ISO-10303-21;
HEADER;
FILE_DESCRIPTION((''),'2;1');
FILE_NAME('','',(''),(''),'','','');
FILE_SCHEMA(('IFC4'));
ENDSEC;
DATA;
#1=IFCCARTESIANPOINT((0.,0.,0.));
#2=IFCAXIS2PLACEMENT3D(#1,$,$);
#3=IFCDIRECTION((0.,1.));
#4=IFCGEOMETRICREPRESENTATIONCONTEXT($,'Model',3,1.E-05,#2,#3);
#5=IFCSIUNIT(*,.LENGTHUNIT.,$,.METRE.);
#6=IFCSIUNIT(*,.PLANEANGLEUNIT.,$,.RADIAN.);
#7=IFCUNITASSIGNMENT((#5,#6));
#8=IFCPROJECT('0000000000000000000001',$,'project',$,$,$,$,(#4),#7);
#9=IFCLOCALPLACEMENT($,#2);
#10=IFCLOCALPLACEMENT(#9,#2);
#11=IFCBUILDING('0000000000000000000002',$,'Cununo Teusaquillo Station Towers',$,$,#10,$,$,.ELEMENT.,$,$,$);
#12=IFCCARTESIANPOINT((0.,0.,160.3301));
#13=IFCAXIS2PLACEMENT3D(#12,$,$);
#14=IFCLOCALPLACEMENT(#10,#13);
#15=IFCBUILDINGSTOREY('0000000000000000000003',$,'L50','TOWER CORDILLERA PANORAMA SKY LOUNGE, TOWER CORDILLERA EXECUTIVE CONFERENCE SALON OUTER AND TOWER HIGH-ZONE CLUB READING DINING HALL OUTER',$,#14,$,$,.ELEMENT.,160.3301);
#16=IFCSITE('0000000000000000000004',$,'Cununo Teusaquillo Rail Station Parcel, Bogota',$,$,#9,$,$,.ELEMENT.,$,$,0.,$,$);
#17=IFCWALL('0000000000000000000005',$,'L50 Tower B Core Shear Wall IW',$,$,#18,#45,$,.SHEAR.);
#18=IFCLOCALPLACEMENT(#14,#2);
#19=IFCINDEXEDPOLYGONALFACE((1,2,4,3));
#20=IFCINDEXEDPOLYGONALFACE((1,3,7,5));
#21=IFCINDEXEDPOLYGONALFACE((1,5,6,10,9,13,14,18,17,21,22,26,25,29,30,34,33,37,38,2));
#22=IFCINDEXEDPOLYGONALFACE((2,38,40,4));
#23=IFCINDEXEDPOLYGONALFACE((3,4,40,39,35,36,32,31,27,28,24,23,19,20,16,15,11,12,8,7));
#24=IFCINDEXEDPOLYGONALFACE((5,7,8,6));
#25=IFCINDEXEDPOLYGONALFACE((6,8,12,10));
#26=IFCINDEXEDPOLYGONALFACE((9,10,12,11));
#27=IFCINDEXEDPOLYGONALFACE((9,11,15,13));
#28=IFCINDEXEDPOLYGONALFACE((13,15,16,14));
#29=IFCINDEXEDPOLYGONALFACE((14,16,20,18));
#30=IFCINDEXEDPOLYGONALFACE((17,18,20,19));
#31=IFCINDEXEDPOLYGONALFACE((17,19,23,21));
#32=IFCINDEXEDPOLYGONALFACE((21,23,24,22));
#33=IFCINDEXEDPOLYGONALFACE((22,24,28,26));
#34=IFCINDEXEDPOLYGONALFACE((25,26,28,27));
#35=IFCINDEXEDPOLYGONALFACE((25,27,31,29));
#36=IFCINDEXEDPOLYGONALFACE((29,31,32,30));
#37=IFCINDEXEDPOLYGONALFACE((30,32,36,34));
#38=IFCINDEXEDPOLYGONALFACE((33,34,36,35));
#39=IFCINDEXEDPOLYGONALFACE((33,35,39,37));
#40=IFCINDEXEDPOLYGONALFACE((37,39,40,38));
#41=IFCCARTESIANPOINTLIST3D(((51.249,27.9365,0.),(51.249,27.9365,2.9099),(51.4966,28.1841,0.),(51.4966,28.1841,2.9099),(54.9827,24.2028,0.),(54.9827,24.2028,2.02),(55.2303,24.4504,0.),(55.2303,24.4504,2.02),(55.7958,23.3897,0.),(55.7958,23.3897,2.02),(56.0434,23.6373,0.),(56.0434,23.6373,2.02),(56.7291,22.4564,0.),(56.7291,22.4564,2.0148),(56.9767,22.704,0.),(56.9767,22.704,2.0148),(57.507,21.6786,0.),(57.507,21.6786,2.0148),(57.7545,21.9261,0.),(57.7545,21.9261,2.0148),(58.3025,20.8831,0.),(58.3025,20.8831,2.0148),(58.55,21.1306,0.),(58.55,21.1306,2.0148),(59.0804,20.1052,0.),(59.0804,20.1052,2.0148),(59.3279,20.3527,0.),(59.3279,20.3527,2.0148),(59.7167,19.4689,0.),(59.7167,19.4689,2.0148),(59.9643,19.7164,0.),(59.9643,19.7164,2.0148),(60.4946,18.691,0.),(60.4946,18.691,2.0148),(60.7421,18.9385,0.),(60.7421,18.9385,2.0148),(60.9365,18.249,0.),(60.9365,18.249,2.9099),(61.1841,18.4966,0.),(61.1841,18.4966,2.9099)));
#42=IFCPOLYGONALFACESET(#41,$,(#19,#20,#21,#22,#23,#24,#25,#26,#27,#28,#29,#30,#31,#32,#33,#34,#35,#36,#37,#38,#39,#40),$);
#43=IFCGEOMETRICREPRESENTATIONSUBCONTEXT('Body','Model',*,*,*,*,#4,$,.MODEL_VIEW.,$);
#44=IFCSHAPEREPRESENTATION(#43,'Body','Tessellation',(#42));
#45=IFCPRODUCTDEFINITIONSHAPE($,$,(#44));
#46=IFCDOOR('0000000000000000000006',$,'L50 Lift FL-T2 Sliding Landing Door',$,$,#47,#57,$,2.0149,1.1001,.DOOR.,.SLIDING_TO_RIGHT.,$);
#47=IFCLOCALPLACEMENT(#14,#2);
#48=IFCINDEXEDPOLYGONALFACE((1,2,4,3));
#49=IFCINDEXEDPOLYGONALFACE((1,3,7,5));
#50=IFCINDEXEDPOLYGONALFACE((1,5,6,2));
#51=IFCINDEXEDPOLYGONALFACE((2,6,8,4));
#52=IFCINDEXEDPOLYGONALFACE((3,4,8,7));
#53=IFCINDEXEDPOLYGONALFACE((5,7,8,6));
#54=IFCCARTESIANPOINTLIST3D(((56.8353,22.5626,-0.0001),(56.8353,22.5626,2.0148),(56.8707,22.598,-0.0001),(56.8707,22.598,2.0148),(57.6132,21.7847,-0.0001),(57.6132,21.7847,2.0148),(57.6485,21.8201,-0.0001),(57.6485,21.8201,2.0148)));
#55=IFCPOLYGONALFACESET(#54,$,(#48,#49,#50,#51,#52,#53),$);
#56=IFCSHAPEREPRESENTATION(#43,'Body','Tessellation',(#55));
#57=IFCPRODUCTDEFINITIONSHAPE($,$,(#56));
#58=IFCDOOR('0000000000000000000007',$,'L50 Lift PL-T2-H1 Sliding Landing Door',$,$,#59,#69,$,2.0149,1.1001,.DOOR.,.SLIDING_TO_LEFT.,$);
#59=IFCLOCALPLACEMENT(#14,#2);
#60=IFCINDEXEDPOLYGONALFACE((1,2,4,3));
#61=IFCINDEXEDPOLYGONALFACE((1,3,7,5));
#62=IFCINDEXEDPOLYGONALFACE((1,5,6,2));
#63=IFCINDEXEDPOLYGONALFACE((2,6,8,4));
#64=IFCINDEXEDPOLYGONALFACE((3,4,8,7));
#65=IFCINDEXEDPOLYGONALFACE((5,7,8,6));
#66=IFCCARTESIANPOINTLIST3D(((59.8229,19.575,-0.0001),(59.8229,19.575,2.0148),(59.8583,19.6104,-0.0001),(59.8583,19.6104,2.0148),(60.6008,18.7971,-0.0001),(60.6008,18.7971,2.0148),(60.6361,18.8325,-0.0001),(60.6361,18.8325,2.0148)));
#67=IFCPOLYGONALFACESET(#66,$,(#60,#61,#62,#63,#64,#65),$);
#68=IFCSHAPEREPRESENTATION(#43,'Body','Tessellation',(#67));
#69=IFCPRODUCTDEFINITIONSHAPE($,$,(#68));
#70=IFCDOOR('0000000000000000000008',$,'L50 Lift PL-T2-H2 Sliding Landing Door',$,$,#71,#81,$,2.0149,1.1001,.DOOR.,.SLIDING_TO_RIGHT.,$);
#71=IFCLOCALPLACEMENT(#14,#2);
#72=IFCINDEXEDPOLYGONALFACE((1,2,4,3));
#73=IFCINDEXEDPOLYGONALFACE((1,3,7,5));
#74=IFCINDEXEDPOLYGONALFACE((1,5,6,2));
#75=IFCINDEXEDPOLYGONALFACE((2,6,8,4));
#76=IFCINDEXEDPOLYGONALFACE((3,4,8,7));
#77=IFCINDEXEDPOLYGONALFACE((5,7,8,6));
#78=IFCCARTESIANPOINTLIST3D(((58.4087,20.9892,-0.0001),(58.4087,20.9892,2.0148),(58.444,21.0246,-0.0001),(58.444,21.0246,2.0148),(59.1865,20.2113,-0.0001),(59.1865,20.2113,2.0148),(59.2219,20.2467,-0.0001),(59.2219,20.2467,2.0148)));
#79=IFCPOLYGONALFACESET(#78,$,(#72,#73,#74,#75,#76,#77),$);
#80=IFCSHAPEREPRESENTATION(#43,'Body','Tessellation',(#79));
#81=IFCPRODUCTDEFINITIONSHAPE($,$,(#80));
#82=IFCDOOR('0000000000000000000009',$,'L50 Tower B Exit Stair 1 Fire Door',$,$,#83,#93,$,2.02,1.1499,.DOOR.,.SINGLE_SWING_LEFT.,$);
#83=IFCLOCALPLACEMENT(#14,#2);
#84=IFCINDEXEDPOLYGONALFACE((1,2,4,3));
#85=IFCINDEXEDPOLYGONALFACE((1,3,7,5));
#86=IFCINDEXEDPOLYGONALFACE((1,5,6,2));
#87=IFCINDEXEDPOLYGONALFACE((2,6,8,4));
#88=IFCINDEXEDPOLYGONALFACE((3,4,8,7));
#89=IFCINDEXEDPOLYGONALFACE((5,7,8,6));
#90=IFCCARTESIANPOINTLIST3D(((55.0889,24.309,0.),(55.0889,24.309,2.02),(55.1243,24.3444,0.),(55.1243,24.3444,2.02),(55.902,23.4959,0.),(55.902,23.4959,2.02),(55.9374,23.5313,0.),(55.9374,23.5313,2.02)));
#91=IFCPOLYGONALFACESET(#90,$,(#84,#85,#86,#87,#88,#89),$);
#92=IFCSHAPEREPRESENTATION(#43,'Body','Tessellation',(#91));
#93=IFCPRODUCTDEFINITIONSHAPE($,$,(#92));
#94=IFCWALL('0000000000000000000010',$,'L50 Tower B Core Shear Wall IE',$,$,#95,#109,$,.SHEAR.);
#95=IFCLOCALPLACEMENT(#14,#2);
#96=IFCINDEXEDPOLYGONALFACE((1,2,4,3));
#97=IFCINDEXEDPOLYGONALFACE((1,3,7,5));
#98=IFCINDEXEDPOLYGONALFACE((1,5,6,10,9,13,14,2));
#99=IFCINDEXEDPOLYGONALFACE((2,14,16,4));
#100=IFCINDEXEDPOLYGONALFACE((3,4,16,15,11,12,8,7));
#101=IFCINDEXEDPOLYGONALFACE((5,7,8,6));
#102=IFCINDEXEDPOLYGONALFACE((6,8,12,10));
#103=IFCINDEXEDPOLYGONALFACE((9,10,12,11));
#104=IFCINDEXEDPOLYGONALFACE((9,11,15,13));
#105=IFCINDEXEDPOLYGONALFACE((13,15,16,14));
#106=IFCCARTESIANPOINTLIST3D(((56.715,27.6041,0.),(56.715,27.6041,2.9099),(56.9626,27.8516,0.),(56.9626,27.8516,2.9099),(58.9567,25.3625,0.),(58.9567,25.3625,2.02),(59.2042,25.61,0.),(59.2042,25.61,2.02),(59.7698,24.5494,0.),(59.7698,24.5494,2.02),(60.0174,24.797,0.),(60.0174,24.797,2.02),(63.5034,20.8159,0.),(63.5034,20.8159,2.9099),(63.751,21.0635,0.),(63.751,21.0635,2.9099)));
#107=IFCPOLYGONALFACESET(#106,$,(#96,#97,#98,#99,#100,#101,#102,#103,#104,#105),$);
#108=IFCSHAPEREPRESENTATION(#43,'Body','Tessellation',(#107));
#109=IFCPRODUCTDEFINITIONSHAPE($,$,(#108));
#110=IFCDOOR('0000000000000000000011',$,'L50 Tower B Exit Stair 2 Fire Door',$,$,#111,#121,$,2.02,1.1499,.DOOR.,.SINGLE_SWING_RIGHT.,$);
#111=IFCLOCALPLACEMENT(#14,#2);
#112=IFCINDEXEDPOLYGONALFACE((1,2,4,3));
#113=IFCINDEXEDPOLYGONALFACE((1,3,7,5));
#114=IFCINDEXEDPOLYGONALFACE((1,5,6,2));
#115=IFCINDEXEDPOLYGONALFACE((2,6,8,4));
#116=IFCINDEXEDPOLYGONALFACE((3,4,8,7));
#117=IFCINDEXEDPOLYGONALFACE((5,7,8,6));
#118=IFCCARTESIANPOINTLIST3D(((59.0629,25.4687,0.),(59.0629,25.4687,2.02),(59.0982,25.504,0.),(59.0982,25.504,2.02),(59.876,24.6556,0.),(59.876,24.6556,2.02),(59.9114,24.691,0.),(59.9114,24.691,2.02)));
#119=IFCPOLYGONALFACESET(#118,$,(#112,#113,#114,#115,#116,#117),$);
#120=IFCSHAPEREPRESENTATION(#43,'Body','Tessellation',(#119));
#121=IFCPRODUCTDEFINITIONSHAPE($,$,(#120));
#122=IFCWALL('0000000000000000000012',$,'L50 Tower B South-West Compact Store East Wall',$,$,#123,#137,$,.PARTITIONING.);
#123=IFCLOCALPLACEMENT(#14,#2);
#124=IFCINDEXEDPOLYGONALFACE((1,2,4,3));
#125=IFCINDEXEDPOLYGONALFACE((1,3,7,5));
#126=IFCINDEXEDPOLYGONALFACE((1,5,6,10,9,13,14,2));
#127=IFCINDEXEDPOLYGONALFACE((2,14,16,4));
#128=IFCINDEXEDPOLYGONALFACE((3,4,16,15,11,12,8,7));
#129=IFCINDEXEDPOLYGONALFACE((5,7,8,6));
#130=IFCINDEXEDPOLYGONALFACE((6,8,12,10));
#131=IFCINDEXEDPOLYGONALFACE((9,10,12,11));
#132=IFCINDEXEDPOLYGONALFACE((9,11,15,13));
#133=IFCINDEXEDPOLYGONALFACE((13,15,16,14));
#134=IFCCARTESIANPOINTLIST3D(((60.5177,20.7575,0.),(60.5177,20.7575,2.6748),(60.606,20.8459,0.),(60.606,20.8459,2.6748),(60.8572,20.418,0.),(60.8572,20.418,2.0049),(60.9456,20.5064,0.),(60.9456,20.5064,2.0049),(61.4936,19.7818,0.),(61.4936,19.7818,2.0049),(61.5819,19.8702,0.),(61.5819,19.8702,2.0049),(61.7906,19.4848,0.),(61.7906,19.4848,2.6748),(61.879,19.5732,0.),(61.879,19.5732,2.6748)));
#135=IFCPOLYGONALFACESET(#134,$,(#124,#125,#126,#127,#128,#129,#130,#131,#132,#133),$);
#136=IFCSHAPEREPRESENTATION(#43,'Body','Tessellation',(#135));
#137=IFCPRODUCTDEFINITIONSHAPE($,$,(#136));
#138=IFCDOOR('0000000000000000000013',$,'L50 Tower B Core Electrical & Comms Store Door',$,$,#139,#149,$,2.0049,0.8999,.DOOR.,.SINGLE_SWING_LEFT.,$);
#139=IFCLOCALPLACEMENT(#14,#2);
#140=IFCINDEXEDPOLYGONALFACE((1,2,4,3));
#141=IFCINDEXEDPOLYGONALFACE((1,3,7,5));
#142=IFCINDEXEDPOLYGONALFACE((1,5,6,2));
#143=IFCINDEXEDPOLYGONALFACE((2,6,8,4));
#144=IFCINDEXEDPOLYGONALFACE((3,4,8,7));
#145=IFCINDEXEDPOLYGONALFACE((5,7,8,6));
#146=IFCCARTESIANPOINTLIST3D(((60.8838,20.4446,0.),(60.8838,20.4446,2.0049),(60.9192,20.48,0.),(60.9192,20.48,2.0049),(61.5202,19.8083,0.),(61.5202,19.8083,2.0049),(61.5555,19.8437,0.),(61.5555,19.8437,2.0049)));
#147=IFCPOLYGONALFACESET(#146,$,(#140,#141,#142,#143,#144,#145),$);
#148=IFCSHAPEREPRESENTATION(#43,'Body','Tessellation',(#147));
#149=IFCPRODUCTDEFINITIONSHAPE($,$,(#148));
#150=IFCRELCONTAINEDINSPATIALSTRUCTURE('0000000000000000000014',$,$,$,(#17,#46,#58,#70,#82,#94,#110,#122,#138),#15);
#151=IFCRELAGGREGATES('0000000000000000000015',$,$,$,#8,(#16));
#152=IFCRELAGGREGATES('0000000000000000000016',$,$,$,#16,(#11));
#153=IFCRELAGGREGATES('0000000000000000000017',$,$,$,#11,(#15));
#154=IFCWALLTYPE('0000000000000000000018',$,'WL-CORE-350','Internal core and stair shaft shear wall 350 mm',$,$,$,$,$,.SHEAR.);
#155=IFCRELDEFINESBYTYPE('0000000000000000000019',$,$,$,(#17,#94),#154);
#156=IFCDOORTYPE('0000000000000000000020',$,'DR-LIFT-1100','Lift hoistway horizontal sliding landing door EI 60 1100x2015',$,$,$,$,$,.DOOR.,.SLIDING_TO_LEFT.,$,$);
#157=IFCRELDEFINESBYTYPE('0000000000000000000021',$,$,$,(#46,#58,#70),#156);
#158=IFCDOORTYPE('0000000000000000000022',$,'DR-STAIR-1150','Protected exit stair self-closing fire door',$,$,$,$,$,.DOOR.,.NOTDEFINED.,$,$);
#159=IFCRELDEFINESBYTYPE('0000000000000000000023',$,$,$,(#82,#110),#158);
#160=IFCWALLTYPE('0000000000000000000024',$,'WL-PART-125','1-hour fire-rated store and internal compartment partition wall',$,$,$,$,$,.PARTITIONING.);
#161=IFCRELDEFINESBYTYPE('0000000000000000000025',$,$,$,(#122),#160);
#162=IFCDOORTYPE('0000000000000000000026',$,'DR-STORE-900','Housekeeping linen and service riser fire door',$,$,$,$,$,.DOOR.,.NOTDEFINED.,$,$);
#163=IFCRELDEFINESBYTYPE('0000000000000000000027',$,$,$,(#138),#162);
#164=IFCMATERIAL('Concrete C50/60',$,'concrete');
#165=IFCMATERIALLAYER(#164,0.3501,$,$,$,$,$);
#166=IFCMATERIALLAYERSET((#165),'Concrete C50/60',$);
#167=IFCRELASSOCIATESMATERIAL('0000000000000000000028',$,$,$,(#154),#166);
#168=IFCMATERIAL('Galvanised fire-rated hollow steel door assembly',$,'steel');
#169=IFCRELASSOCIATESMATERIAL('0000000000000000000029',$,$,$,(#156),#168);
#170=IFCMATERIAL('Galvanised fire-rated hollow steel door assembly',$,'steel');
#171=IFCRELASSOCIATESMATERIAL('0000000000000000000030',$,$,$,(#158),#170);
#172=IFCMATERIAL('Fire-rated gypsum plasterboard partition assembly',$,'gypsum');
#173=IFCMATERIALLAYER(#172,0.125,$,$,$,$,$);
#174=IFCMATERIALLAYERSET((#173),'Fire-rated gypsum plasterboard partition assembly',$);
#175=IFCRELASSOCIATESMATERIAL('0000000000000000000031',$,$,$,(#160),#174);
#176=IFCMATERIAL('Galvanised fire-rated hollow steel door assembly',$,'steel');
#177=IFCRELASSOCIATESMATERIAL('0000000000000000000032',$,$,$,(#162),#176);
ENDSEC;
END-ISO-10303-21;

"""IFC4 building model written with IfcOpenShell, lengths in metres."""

from ifc_helpers import new_model, si_unit, direction, frame, frame_2d, origin, place, context, subcontext, project, spatial, rectangle, extrude, source, transform, mapped, material, layer, layer_set, type_object, element, fill, save


model = new_model("IFC4")

# Units and contexts
model_context = context("Model", 3, precision=1e-05, world=origin(), true_north=direction((0.0, 1.0)))
body_context = subcontext(model_context, "Body", "Model", "MODEL_VIEW")
ifc_project = project(units=[si_unit("LENGTHUNIT", "METRE"), si_unit("PLANEANGLEUNIT", "RADIAN")], contexts=[model_context])

# Site, building, storey
site_placement = place(None, origin())
site = spatial("IfcSite", under=ifc_project, at=site_placement, Name="Cununo Teusaquillo Rail Station Parcel, Bogota", CompositionType="ELEMENT", RefElevation=0.0)
building_placement = place(site_placement, origin())
building = spatial("IfcBuilding", under=site, at=building_placement, Name="Cununo Teusaquillo Station Towers", CompositionType="ELEMENT")
storey_placement = place(building_placement, frame((0.0, 0.0, 160.3301)))
storey = spatial("IfcBuildingStorey", under=building, at=storey_placement, Name="L50", Description="TOWER CORDILLERA PANORAMA SKY LOUNGE, TOWER CORDILLERA EXECUTIVE CONFERENCE SALON OUTER AND TOWER HIGH-ZONE CLUB READING DINING HALL OUTER", CompositionType="ELEMENT", Elevation=160.3301)

# Wall, openings, doors
ifc_material_1 = material(Name="Concrete C50/60", Category="concrete")
ifc_layer_1 = layer(ifc_material_1, 0.3501)
ifc_layer_set_1 = layer_set([ifc_layer_1], Name="Concrete C50/60")
wall_type_1 = type_object("IfcWallType", Name="WL-CORE-350", Description="Internal core and stair shaft shear wall 350 mm", PredefinedType="SHEAR", material=ifc_layer_set_1)
wall_1_placement = place(storey_placement, frame((61.0603, 18.3728, 0.0), z_axis=(0.0, 0.0, 1.0), x_axis=(-0.707107, 0.707107, 0.0)))
wall_1 = element("IfcWall", 1, at=wall_1_placement, inside=storey, type_object=wall_type_1, Name="L50 Tower B Core Shear Wall IW", PredefinedType="SHEAR", context=body_context, shape_type="SweptSolid", body=[
    extrude(rectangle(XDim=13.7002, YDim=0.3501, at=frame_2d((6.8501, 0.0))), origin(), (0.0, 0.0, 1.0), 2.9099),
])
shared_shape_1 = source(origin(), body_context, "Body", "SweptSolid", [
    extrude(rectangle(XDim=1.1001, YDim=2.0149, at=frame_2d((0.55, 1.0073))), frame((0.0, 0.1851, 0.0), z_axis=(0.0, -1.0, 0.0), x_axis=(1.0, 0.0, 0.0)), (0.0, 0.0, 1.0), 0.3701),
])
opening_1_placement = place(wall_1_placement, frame((4.8501, 0.0, 0.0)))
opening_1 = element("IfcOpeningElement", 2, at=opening_1_placement, cuts=wall_1, PredefinedType="OPENING", context=body_context, shape_type="MappedRepresentation", body=[
    mapped(shared_shape_1, transform((0.0, 0.0, 0.0), x_axis=(1.0, 0.0, 0.0), y_axis=(0.0, 1.0, 0.0), z_axis=(0.0, 0.0, 1.0), scale=1.0)),
])
opening_2_placement = place(wall_1_placement, frame((0.625, 0.0, 0.0)))
opening_2 = element("IfcOpeningElement", 3, at=opening_2_placement, cuts=wall_1, PredefinedType="OPENING", context=body_context, shape_type="MappedRepresentation", body=[
    mapped(shared_shape_1, transform((0.0, 0.0, 0.0), x_axis=(1.0, 0.0, 0.0), y_axis=(0.0, 1.0, 0.0), z_axis=(0.0, 0.0, 1.0), scale=1.0)),
])
opening_3_placement = place(wall_1_placement, frame((2.625, 0.0, 0.0)))
opening_3 = element("IfcOpeningElement", 4, at=opening_3_placement, cuts=wall_1, PredefinedType="OPENING", context=body_context, shape_type="MappedRepresentation", body=[
    mapped(shared_shape_1, transform((0.0, 0.0, 0.0), x_axis=(1.0, 0.0, 0.0), y_axis=(0.0, 1.0, 0.0), z_axis=(0.0, 0.0, 1.0), scale=1.0)),
])
shared_shape_2 = source(origin(), body_context, "Body", "SweptSolid", [
    extrude(rectangle(XDim=1.1499, YDim=2.02, at=frame_2d((0.575, 1.01))), frame((0.0, 0.1851, 0.0), z_axis=(0.0, -1.0, 0.0), x_axis=(1.0, 0.0, 0.0)), (0.0, 0.0, 1.0), 0.3701),
])
opening_4_placement = place(wall_1_placement, frame((7.27, 0.0, 0.0)))
opening_4 = element("IfcOpeningElement", 5, at=opening_4_placement, cuts=wall_1, PredefinedType="OPENING", context=body_context, shape_type="MappedRepresentation", body=[
    mapped(shared_shape_2, transform((0.0, 0.0, 0.0), x_axis=(1.0, 0.0, 0.0), y_axis=(0.0, 1.0, 0.0), z_axis=(0.0, 0.0, 1.0), scale=1.0)),
])
ifc_material_2 = material(Name="Galvanised fire-rated hollow steel door assembly", Category="steel")
door_type_1 = type_object("IfcDoorType", Name="DR-LIFT-1100", Description="Lift hoistway horizontal sliding landing door EI 60 1100x2015", OperationType="SLIDING_TO_LEFT", PredefinedType="DOOR", material=ifc_material_2)
shared_shape_3 = source(origin(), body_context, "Body", "SweptSolid", [
    extrude(rectangle(XDim=1.1001, YDim=2.0149, at=frame_2d((0.55, 1.0073))), frame((0.0, 0.0249, 0.0), z_axis=(0.0, -1.0, 0.0), x_axis=(1.0, 0.0, 0.0)), (0.0, 0.0, 1.0), 0.05),
])
door_1_placement = place(opening_1_placement, origin())
door_1 = element("IfcDoor", 6, at=door_1_placement, inside=storey, type_object=door_type_1, Name="L50 Lift FL-T2 Sliding Landing Door", OperationType="SLIDING_TO_RIGHT", OverallHeight=2.0149, OverallWidth=1.1001, PredefinedType="DOOR", context=body_context, shape_type="MappedRepresentation", body=[
    mapped(shared_shape_3, transform((0.0, 0.0, 0.0), x_axis=(1.0, 0.0, 0.0), y_axis=(0.0, 1.0, 0.0), z_axis=(0.0, 0.0, 1.0), scale=1.0)),
])
fill(opening_1, door_1)
door_2_placement = place(opening_2_placement, origin())
door_2 = element("IfcDoor", 7, at=door_2_placement, inside=storey, type_object=door_type_1, Name="L50 Lift PL-T2-H1 Sliding Landing Door", OperationType="SLIDING_TO_LEFT", OverallHeight=2.0149, OverallWidth=1.1001, PredefinedType="DOOR", context=body_context, shape_type="MappedRepresentation", body=[
    mapped(shared_shape_3, transform((0.0, 0.0, 0.0), x_axis=(1.0, 0.0, 0.0), y_axis=(0.0, 1.0, 0.0), z_axis=(0.0, 0.0, 1.0), scale=1.0)),
])
fill(opening_2, door_2)
door_3_placement = place(opening_3_placement, origin())
door_3 = element("IfcDoor", 8, at=door_3_placement, inside=storey, type_object=door_type_1, Name="L50 Lift PL-T2-H2 Sliding Landing Door", OperationType="SLIDING_TO_RIGHT", OverallHeight=2.0149, OverallWidth=1.1001, PredefinedType="DOOR", context=body_context, shape_type="MappedRepresentation", body=[
    mapped(shared_shape_3, transform((0.0, 0.0, 0.0), x_axis=(1.0, 0.0, 0.0), y_axis=(0.0, 1.0, 0.0), z_axis=(0.0, 0.0, 1.0), scale=1.0)),
])
fill(opening_3, door_3)
ifc_material_3 = material(Name="Galvanised fire-rated hollow steel door assembly", Category="steel")
door_type_2 = type_object("IfcDoorType", Name="DR-STAIR-1150", Description="Protected exit stair self-closing fire door", OperationType="NOTDEFINED", PredefinedType="DOOR", material=ifc_material_3)
shared_shape_4 = source(origin(), body_context, "Body", "SweptSolid", [
    extrude(rectangle(XDim=1.1499, YDim=2.02, at=frame_2d((0.575, 1.01))), frame((0.0, 0.0249, 0.0), z_axis=(0.0, -1.0, 0.0), x_axis=(1.0, 0.0, 0.0)), (0.0, 0.0, 1.0), 0.05),
])
door_4_placement = place(opening_4_placement, origin())
door_4 = element("IfcDoor", 9, at=door_4_placement, inside=storey, type_object=door_type_2, Name="L50 Tower B Exit Stair 1 Fire Door", OperationType="SINGLE_SWING_LEFT", OverallHeight=2.02, OverallWidth=1.1499, PredefinedType="DOOR", context=body_context, shape_type="MappedRepresentation", body=[
    mapped(shared_shape_4, transform((0.0, 0.0, 0.0), x_axis=(1.0, 0.0, 0.0), y_axis=(0.0, 1.0, 0.0), z_axis=(0.0, 0.0, 1.0), scale=1.0)),
])
fill(opening_4, door_4)

# Walls, openings, doors
wall_2_placement = place(storey_placement, frame((63.6272, 20.9397, 0.0), z_axis=(0.0, 0.0, 1.0), x_axis=(-0.707119, 0.707094, 0.0)))
wall_2 = element("IfcWall", 10, at=wall_2_placement, inside=storey, type_object=wall_type_1, Name="L50 Tower B Core Shear Wall IE", PredefinedType="SHEAR", context=body_context, shape_type="SweptSolid", body=[
    extrude(rectangle(XDim=9.6001, YDim=0.3501, at=frame_2d((4.8, 0.0))), origin(), (0.0, 0.0, 1.0), 2.9099),
])
opening_5_placement = place(wall_2_placement, frame((5.28, 0.0, 0.0)))
opening_5 = element("IfcOpeningElement", 11, at=opening_5_placement, cuts=wall_2, PredefinedType="OPENING", context=body_context, shape_type="MappedRepresentation", body=[
    mapped(shared_shape_2, transform((0.0, 0.0, 0.0), x_axis=(1.0, 0.0, 0.0), y_axis=(0.0, 1.0, 0.0), z_axis=(0.0, 0.0, 1.0), scale=1.0)),
])
door_5_placement = place(opening_5_placement, origin())
door_5 = element("IfcDoor", 12, at=door_5_placement, inside=storey, type_object=door_type_2, Name="L50 Tower B Exit Stair 2 Fire Door", OperationType="SINGLE_SWING_RIGHT", OverallHeight=2.02, OverallWidth=1.1499, PredefinedType="DOOR", context=body_context, shape_type="MappedRepresentation", body=[
    mapped(shared_shape_4, transform((0.0, 0.0, 0.0), x_axis=(1.0, 0.0, 0.0), y_axis=(0.0, 1.0, 0.0), z_axis=(0.0, 0.0, 1.0), scale=1.0)),
])
fill(opening_5, door_5)
ifc_material_4 = material(Name="Fire-rated gypsum plasterboard partition assembly", Category="gypsum")
ifc_layer_2 = layer(ifc_material_4, 0.125)
ifc_layer_set_2 = layer_set([ifc_layer_2], Name="Fire-rated gypsum plasterboard partition assembly")
wall_type_2 = type_object("IfcWallType", Name="WL-PART-125", Description="1-hour fire-rated store and internal compartment partition wall", PredefinedType="PARTITIONING", material=ifc_layer_set_2)
wall_3_placement = place(storey_placement, frame((61.8347, 19.5291, 0.0), z_axis=(0.0, 0.0, 1.0), x_axis=(-0.707175, 0.707039, 0.0)))
wall_3 = element("IfcWall", 13, at=wall_3_placement, inside=storey, type_object=wall_type_2, Name="L50 Tower B South-West Compact Store East Wall", PredefinedType="PARTITIONING", context=body_context, shape_type="SweptSolid", body=[
    extrude(rectangle(XDim=1.8, YDim=0.125, at=frame_2d((0.8999, 0.0))), origin(), (0.0, 0.0, 1.0), 2.6748),
])
shared_shape_5 = source(origin(), body_context, "Body", "SweptSolid", [
    extrude(rectangle(XDim=0.8999, YDim=2.0049, at=frame_2d((0.45, 1.0024))), frame((0.0, 0.0725, 0.0), z_axis=(0.0, -1.0, 0.0), x_axis=(1.0, 0.0, 0.0)), (0.0, 0.0, 1.0), 0.145),
])
opening_6_placement = place(wall_3_placement, frame((0.4199, 0.0, 0.0)))
opening_6 = element("IfcOpeningElement", 14, at=opening_6_placement, cuts=wall_3, PredefinedType="OPENING", context=body_context, shape_type="MappedRepresentation", body=[
    mapped(shared_shape_5, transform((0.0, 0.0, 0.0), x_axis=(1.0, 0.0, 0.0), y_axis=(0.0, 1.0, 0.0), z_axis=(0.0, 0.0, 1.0), scale=1.0)),
])
ifc_material_5 = material(Name="Galvanised fire-rated hollow steel door assembly", Category="steel")
door_type_3 = type_object("IfcDoorType", Name="DR-STORE-900", Description="Housekeeping linen and service riser fire door", OperationType="NOTDEFINED", PredefinedType="DOOR", material=ifc_material_5)
shared_shape_6 = source(origin(), body_context, "Body", "SweptSolid", [
    extrude(rectangle(XDim=0.8999, YDim=2.0049, at=frame_2d((0.45, 1.0024))), frame((0.0, 0.0249, 0.0), z_axis=(0.0, -1.0, 0.0), x_axis=(1.0, 0.0, 0.0)), (0.0, 0.0, 1.0), 0.05),
])
door_6_placement = place(opening_6_placement, origin())
door_6 = element("IfcDoor", 15, at=door_6_placement, inside=storey, type_object=door_type_3, Name="L50 Tower B Core Electrical & Comms Store Door", OperationType="SINGLE_SWING_LEFT", OverallHeight=2.0049, OverallWidth=0.8999, PredefinedType="DOOR", context=body_context, shape_type="MappedRepresentation", body=[
    mapped(shared_shape_6, transform((0.0, 0.0, 0.0), x_axis=(1.0, 0.0, 0.0), y_axis=(0.0, 1.0, 0.0), z_axis=(0.0, 0.0, 1.0), scale=1.0)),
])
fill(opening_6, door_6)

save(model, "model.ifc")
